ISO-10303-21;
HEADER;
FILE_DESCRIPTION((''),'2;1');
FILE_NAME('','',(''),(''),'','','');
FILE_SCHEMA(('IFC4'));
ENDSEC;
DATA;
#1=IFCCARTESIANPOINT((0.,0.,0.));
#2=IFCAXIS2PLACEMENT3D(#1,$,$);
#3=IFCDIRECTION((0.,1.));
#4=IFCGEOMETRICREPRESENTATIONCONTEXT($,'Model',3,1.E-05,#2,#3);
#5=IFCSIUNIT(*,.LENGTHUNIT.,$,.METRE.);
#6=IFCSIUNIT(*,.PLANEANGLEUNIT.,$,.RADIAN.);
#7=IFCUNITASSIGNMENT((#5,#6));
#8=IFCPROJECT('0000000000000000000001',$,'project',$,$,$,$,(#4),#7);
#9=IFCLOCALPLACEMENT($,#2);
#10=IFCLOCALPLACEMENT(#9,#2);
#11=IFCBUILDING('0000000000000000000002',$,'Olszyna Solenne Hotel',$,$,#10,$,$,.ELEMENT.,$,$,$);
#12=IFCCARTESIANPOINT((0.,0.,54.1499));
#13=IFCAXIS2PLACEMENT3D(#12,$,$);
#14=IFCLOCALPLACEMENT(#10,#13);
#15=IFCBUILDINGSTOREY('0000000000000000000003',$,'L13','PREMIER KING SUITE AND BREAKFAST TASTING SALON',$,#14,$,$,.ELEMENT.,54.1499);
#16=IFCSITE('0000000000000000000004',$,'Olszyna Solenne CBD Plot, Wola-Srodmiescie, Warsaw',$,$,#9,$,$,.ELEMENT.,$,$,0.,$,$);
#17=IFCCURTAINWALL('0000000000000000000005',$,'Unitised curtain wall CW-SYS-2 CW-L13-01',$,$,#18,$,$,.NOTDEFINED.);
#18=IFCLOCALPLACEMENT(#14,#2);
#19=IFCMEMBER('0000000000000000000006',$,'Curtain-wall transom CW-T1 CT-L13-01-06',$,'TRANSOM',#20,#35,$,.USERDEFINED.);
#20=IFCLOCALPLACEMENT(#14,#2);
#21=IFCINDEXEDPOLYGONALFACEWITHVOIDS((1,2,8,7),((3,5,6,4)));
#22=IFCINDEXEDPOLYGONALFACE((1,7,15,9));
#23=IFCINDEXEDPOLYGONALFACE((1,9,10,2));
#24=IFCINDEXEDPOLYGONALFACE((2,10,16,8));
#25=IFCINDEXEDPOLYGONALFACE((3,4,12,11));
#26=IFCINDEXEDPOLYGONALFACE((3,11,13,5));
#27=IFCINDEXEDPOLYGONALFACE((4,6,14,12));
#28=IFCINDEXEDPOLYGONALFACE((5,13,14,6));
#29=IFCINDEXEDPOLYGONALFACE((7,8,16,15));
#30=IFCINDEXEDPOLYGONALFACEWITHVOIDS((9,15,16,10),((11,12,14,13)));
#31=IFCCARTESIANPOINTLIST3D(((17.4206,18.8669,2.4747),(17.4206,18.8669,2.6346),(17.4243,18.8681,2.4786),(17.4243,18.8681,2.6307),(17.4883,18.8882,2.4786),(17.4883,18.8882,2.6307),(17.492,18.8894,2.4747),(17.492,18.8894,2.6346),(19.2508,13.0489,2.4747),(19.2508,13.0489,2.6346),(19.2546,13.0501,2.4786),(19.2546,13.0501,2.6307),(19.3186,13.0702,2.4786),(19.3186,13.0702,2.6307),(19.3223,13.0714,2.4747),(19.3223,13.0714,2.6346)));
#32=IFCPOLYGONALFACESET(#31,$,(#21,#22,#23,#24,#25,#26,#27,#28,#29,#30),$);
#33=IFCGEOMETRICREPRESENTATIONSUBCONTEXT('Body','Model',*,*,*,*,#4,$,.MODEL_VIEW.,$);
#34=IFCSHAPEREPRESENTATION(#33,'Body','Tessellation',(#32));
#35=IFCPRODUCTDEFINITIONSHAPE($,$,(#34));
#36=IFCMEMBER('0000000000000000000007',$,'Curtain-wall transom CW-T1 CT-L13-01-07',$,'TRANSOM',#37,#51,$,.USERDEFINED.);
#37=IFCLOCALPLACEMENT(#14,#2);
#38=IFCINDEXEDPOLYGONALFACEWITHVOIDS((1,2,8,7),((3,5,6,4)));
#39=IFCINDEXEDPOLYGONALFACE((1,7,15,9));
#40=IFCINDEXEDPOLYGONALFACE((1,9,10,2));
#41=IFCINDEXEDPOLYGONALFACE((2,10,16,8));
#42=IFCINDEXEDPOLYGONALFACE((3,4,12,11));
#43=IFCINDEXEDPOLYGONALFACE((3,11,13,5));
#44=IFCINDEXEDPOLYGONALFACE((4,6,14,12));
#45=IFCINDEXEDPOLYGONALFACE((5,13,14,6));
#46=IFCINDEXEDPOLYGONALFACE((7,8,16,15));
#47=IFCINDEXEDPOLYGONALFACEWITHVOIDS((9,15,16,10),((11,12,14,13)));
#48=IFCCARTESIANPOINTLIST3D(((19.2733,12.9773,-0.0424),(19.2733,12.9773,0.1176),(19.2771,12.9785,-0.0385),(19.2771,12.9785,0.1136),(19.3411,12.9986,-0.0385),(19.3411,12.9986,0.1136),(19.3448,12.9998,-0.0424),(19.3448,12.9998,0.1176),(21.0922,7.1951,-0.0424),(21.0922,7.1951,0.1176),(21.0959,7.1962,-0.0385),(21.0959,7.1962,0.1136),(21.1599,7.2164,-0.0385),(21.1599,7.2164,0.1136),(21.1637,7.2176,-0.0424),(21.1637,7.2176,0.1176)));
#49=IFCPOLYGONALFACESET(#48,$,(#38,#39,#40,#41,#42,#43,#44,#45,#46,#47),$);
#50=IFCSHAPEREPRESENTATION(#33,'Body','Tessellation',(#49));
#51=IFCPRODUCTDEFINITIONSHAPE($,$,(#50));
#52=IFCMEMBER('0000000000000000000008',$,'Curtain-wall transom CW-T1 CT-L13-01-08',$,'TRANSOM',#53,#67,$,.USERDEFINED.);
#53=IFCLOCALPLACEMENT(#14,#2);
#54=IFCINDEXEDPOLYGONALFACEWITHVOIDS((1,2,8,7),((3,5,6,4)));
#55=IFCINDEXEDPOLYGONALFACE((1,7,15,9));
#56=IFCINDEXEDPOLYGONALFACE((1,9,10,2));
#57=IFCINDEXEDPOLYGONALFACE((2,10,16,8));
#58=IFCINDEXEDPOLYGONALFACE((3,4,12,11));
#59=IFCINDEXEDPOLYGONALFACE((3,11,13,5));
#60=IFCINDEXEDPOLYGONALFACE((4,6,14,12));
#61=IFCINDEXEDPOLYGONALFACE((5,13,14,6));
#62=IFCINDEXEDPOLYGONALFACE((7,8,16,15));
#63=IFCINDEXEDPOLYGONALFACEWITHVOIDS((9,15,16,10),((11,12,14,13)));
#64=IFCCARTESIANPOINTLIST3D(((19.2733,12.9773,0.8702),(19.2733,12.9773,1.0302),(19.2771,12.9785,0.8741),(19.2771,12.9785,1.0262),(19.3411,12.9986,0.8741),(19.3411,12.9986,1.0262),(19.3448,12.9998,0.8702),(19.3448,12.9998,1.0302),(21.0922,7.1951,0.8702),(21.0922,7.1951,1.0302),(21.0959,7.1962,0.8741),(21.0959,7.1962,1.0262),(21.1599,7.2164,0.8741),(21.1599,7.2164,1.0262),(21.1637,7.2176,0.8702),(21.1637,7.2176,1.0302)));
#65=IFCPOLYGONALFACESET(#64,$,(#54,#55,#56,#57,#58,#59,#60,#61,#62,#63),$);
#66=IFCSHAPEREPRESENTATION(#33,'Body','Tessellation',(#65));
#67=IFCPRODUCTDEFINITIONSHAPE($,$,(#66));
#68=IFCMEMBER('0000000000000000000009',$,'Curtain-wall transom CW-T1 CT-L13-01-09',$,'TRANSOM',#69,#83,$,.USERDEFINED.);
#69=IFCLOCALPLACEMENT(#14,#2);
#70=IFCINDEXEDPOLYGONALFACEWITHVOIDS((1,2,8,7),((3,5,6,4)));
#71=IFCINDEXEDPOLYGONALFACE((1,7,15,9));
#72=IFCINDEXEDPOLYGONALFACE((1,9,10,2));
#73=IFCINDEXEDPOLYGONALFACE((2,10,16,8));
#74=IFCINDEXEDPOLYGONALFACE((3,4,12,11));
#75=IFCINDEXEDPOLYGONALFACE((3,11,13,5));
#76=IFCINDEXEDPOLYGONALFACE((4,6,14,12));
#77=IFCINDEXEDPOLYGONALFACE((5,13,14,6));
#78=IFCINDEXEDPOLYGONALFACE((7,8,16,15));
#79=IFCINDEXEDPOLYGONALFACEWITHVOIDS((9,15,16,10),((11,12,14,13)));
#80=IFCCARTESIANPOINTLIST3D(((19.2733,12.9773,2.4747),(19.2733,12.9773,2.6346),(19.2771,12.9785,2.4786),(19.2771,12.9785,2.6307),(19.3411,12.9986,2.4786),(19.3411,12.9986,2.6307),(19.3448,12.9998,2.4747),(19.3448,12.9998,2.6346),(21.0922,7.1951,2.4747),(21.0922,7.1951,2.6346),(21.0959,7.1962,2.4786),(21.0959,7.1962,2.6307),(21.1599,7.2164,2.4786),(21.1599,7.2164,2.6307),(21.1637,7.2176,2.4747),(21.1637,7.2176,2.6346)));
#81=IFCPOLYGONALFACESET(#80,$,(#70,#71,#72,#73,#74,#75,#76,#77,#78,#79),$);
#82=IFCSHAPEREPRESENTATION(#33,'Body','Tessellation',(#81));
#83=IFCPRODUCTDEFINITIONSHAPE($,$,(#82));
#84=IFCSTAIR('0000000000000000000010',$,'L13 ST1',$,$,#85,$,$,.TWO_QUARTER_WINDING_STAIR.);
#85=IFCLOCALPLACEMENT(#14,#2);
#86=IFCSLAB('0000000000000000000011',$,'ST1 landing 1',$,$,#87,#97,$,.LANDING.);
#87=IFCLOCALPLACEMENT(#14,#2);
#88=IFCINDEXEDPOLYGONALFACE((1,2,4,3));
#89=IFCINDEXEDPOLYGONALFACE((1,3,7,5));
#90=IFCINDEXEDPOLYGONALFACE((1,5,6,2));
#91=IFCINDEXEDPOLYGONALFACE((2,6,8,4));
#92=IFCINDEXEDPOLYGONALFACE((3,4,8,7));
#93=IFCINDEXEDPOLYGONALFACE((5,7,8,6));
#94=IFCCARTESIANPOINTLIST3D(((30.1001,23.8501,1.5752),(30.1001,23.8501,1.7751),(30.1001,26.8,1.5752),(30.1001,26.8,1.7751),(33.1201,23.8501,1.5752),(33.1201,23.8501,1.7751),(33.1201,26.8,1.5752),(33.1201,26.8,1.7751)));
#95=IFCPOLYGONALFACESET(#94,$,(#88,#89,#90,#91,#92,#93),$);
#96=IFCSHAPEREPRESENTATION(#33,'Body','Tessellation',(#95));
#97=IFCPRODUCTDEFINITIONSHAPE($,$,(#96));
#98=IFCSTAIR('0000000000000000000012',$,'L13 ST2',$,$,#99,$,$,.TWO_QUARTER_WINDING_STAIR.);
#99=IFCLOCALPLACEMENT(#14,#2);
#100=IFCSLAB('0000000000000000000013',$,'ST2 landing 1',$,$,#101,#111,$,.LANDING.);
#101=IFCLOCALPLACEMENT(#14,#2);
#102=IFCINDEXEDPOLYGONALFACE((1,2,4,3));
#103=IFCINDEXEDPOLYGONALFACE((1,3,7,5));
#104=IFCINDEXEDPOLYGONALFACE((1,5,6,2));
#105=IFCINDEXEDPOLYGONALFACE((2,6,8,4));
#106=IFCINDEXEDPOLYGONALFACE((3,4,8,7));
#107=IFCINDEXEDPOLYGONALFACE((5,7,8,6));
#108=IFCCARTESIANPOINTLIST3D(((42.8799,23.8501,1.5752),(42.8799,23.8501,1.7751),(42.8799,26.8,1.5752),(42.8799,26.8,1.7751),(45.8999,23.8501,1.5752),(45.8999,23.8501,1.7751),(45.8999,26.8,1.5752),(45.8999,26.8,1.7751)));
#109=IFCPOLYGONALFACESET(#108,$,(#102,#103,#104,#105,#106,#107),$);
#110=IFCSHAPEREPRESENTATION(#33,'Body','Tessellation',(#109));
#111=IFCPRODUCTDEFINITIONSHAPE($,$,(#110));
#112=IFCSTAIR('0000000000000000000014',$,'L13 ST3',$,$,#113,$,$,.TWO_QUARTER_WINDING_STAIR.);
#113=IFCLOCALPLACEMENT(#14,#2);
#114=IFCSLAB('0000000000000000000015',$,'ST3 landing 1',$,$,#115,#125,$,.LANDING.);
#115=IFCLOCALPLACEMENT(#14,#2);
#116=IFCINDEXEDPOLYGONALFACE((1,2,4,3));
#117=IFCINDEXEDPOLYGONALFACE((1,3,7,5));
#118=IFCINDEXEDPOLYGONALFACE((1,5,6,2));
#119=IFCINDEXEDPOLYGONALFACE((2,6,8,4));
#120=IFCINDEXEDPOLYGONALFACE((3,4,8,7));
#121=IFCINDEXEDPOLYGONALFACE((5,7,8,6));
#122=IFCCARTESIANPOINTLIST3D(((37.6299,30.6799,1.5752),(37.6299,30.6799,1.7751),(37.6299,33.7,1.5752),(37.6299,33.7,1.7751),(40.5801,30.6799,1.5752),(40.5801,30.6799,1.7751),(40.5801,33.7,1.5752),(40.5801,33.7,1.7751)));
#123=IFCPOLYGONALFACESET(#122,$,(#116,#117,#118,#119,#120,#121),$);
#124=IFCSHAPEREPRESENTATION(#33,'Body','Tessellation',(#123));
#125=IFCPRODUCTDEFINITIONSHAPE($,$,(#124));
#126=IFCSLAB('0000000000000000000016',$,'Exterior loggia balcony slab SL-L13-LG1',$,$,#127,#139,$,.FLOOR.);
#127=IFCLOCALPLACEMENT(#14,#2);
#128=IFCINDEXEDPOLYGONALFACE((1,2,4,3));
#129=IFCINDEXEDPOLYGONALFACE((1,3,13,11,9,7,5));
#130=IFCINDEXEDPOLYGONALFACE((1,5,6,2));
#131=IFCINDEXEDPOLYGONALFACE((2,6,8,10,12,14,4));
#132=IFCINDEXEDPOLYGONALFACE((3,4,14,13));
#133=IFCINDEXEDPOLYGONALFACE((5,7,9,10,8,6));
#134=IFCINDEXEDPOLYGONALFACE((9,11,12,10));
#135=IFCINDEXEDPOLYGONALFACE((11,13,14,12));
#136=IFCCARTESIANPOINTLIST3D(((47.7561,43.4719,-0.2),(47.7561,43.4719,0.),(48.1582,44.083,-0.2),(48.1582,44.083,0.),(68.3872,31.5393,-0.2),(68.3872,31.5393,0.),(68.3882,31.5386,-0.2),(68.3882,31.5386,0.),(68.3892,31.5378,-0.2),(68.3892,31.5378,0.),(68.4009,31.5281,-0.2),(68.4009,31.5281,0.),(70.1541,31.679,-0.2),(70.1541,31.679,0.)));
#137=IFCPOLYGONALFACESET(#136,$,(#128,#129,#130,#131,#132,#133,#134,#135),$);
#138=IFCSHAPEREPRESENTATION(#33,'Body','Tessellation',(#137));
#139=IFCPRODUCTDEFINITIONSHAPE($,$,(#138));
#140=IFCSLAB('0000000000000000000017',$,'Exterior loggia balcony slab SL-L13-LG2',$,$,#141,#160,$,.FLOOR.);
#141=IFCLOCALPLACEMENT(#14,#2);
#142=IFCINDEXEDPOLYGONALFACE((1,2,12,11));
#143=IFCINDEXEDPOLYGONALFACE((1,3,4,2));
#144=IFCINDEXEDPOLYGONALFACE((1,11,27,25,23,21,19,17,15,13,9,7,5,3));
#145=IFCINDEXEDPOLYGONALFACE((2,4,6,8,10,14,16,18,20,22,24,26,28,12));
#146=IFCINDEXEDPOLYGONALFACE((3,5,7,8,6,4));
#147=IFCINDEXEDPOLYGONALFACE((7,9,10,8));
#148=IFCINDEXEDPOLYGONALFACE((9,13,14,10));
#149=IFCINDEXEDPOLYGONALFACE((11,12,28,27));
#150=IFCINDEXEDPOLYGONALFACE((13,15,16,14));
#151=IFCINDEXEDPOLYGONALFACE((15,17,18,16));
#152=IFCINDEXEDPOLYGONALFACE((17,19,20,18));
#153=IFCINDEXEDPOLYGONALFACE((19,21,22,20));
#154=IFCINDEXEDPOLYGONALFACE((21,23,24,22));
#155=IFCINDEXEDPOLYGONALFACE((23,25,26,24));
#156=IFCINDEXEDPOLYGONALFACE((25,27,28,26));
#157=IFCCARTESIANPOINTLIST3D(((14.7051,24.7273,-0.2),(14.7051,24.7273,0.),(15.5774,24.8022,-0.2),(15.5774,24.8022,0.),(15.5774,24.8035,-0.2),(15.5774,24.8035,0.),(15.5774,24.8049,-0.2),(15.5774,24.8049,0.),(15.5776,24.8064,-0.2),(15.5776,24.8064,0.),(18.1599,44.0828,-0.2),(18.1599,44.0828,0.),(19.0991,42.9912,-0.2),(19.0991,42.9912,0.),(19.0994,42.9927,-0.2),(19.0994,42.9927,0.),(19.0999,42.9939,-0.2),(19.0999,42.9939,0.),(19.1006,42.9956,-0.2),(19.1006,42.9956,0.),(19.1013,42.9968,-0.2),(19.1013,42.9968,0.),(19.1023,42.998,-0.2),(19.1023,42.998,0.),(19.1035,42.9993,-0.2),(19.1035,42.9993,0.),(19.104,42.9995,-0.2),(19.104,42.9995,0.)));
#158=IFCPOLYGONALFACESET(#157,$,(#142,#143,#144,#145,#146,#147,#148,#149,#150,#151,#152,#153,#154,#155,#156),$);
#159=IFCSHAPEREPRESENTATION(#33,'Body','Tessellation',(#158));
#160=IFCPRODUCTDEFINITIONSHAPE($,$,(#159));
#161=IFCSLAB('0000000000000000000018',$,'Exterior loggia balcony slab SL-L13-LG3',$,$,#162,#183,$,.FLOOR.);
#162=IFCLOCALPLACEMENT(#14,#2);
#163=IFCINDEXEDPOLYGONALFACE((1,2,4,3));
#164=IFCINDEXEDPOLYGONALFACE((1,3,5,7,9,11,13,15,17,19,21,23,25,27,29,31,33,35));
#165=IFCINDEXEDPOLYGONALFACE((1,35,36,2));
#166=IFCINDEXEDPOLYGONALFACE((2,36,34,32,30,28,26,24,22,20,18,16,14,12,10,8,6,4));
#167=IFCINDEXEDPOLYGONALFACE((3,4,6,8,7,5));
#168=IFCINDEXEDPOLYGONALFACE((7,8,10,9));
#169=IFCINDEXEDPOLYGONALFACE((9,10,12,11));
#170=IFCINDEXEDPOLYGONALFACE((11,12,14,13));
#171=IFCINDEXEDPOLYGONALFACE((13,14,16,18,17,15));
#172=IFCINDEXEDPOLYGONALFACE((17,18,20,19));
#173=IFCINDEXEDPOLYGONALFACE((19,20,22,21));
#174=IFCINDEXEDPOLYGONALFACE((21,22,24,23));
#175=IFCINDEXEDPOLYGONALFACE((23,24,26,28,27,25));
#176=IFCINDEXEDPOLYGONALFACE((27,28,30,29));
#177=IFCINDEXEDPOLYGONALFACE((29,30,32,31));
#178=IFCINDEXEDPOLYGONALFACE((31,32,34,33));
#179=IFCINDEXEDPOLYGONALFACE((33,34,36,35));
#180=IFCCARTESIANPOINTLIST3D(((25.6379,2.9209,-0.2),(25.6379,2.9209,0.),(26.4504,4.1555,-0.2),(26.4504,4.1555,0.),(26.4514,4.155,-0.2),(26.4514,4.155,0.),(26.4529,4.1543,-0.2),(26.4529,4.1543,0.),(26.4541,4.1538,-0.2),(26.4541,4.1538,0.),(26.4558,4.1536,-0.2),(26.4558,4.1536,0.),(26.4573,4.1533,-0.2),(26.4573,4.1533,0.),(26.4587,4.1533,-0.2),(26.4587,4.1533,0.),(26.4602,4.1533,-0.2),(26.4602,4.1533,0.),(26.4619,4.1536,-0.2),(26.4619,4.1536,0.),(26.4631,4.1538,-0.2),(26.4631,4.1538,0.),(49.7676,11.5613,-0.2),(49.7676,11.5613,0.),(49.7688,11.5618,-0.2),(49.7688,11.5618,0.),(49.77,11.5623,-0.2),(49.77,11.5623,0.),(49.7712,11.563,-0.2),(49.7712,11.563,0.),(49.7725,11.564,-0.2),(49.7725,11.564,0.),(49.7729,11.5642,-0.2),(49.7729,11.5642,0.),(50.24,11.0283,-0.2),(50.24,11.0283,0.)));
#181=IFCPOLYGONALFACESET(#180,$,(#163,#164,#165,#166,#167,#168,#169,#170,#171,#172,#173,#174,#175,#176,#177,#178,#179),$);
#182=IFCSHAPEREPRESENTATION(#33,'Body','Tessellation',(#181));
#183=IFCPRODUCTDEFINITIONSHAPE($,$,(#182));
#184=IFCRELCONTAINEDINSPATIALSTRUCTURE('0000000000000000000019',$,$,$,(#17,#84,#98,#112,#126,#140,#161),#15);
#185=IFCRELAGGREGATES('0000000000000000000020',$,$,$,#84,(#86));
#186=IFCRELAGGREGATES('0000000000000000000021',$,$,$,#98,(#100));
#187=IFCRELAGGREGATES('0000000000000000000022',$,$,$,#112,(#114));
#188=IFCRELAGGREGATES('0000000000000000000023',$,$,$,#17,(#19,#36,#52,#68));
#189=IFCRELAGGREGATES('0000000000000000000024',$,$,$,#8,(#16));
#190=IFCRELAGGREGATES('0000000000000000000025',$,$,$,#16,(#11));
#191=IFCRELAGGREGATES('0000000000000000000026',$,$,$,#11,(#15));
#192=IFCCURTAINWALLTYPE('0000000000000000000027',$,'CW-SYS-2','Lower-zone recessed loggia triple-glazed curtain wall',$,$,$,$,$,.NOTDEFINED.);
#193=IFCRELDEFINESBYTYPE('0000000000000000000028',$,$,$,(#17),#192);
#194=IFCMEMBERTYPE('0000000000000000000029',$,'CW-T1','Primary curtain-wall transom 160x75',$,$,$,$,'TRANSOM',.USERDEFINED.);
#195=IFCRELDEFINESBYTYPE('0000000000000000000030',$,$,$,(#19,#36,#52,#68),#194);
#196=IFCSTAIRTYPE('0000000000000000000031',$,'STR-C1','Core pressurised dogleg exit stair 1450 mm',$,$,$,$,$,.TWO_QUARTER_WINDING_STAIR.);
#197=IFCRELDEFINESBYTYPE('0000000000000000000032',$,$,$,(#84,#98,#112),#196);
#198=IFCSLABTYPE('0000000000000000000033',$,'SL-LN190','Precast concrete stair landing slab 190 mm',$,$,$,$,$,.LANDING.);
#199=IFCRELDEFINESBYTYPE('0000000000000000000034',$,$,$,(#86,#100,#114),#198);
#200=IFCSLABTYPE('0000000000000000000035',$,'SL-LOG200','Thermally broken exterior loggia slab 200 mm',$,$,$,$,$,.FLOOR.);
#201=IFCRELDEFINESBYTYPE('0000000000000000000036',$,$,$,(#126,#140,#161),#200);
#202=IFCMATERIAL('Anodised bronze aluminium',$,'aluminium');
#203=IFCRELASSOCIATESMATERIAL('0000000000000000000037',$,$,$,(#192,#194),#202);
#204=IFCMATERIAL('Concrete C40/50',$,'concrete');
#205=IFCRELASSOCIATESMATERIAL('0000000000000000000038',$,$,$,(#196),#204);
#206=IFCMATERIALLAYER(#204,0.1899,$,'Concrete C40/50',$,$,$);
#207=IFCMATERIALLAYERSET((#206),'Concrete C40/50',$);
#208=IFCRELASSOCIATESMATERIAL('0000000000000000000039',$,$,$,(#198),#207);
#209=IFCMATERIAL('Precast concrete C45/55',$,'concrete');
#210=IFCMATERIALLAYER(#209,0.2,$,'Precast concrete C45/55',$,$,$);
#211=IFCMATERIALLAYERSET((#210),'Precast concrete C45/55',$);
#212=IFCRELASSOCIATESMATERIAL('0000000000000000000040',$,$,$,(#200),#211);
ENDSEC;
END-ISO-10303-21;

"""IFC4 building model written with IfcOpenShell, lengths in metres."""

from ifc_helpers import new_model, si_unit, direction, frame, origin, origin_2d, place, context, subcontext, project, spatial, polyline, hollow_rectangle, outline, extrude, source, transform, mapped, material, layer, layer_set, material_profile, profile_set, type_object, element, aggregate, save


model = new_model("IFC4")

# Units and contexts
model_context = context("Model", 3, precision=1e-05, world=origin(), true_north=direction((0.0, 1.0)))
body_context = subcontext(model_context, "Body", "Model", "MODEL_VIEW")
ifc_project = project(units=[si_unit("LENGTHUNIT", "METRE"), si_unit("PLANEANGLEUNIT", "RADIAN")], contexts=[model_context])

# Site, building, storey
site_placement = place(None, origin())
site = spatial("IfcSite", under=ifc_project, at=site_placement, Name="Olszyna Solenne CBD Plot, Wola-Srodmiescie, Warsaw", CompositionType="ELEMENT", RefElevation=0.0)
building_placement = place(site_placement, origin())
building = spatial("IfcBuilding", under=site, at=building_placement, Name="Olszyna Solenne Hotel", CompositionType="ELEMENT")
storey_placement = place(building_placement, frame((0.0, 0.0, 54.1499)))
storey = spatial("IfcBuildingStorey", under=building, at=storey_placement, Name="L13", Description="PREMIER KING SUITE AND BREAKFAST TASTING SALON", CompositionType="ELEMENT", Elevation=54.1499)

# Curtain wall, members
ifc_material_1 = material(Name="Anodised bronze aluminium", Category="aluminium")
curtain_wall_type = type_object("IfcCurtainWallType", Name="CW-SYS-2", Description="Lower-zone recessed loggia triple-glazed curtain wall", PredefinedType="NOTDEFINED", material=ifc_material_1)
curtain_wall_placement = place(storey_placement, origin())
curtain_wall = element("IfcCurtainWall", 1, at=curtain_wall_placement, inside=storey, type_object=curtain_wall_type, Name="Unitised curtain wall CW-SYS-2 CW-L13-01", PredefinedType="NOTDEFINED")
ifc_material_profile_1 = material_profile(ifc_material_1, hollow_rectangle(XDim=0.075, YDim=0.1599, WallThickness=0.0039, at=origin_2d()), Name="TRAN 160x75x4", Category="load-bearing")
ifc_profile_set_1 = profile_set([ifc_material_profile_1], Name="Anodised bronze aluminium")
member_type_1 = type_object("IfcMemberType", Name="CW-T1", Description="Primary curtain-wall transom 160x75", ElementType="TRANSOM", PredefinedType="USERDEFINED", material=ifc_profile_set_1)
shared_shape_1 = source(origin(), body_context, "Body", "SweptSolid", [
    extrude(hollow_rectangle(XDim=0.075, YDim=0.1599, WallThickness=0.0039, at=origin_2d()), origin(), (0.0, 0.0, 1.0), 6.0991),
])
member_1_placement = place(storey_placement, frame((17.4563, 18.8782, 2.5547), z_axis=(0.300091, -0.953911, 0.0), x_axis=(0.953911, 0.300091, 0.0)))
member_1 = element("IfcMember", 2, at=member_1_placement, type_object=member_type_1, Name="Curtain-wall transom CW-T1 CT-L13-01-06", ObjectType="TRANSOM", PredefinedType="USERDEFINED", context=body_context, shape_type="MappedRepresentation", body=[
    mapped(shared_shape_1, transform((0.0, 0.0, 0.0), x_axis=(1.0, 0.0, 0.0), y_axis=(0.0, 1.0, 0.0), z_axis=(0.0, 0.0, 1.0), scale=1.0)),
])
shared_shape_2 = source(origin(), body_context, "Body", "SweptSolid", [
    extrude(hollow_rectangle(XDim=0.075, YDim=0.1599, WallThickness=0.0039, at=origin_2d()), origin(), (0.0, 0.0, 1.0), 6.0615),
])
member_2_placement = place(storey_placement, frame((19.3091, 12.9885, 0.0376), z_axis=(0.300063, -0.953919, 0.0), x_axis=(0.953919, 0.300063, 0.0)))
member_2 = element("IfcMember", 3, at=member_2_placement, type_object=member_type_1, Name="Curtain-wall transom CW-T1 CT-L13-01-07", ObjectType="TRANSOM", PredefinedType="USERDEFINED", context=body_context, shape_type="MappedRepresentation", body=[
    mapped(shared_shape_2, transform((0.0, 0.0, 0.0), x_axis=(1.0, 0.0, 0.0), y_axis=(0.0, 1.0, 0.0), z_axis=(0.0, 0.0, 1.0), scale=1.0)),
])
member_3_placement = place(storey_placement, frame((19.3091, 12.9885, 0.9502), z_axis=(0.300063, -0.953919, 0.0), x_axis=(0.953919, 0.300063, 0.0)))
member_3 = element("IfcMember", 4, at=member_3_placement, type_object=member_type_1, Name="Curtain-wall transom CW-T1 CT-L13-01-08", ObjectType="TRANSOM", PredefinedType="USERDEFINED", context=body_context, shape_type="MappedRepresentation", body=[
    mapped(shared_shape_2, transform((0.0, 0.0, 0.0), x_axis=(1.0, 0.0, 0.0), y_axis=(0.0, 1.0, 0.0), z_axis=(0.0, 0.0, 1.0), scale=1.0)),
])
member_4_placement = place(storey_placement, frame((19.3091, 12.9885, 2.5547), z_axis=(0.300063, -0.953919, 0.0), x_axis=(0.953919, 0.300063, 0.0)))
member_4 = element("IfcMember", 5, at=member_4_placement, type_object=member_type_1, Name="Curtain-wall transom CW-T1 CT-L13-01-09", ObjectType="TRANSOM", PredefinedType="USERDEFINED", context=body_context, shape_type="MappedRepresentation", body=[
    mapped(shared_shape_2, transform((0.0, 0.0, 0.0), x_axis=(1.0, 0.0, 0.0), y_axis=(0.0, 1.0, 0.0), z_axis=(0.0, 0.0, 1.0), scale=1.0)),
])

# Stairs, slabs
ifc_material_2 = material(Name="Concrete C40/50", Category="concrete")
stair_type = type_object("IfcStairType", Name="STR-C1", Description="Core pressurised dogleg exit stair 1450 mm", PredefinedType="TWO_QUARTER_WINDING_STAIR", material=ifc_material_2)
stair_1_placement = place(storey_placement, origin())
stair_1 = element("IfcStair", 6, at=stair_1_placement, inside=storey, type_object=stair_type, Name="L13 ST1", PredefinedType="TWO_QUARTER_WINDING_STAIR")
ifc_layer_1 = layer(ifc_material_2, 0.1899, Name="Concrete C40/50")
ifc_layer_set_1 = layer_set([ifc_layer_1], Name="Concrete C40/50")
slab_type_1 = type_object("IfcSlabType", Name="SL-LN190", Description="Precast concrete stair landing slab 190 mm", PredefinedType="LANDING", material=ifc_layer_set_1)
slab_1_placement = place(storey_placement, frame((0.0, 0.0, 1.5752)))
slab_1 = element("IfcSlab", 7, at=slab_1_placement, type_object=slab_type_1, Name="ST1 landing 1", PredefinedType="LANDING", context=body_context, shape_type="SweptSolid", body=[
    extrude(outline(polyline([(33.1201, 23.8501), (33.1201, 26.8), (30.1001, 26.8), (30.1001, 23.8501), (33.1201, 23.8501)])), origin(), (0.0, 0.0, 1.0), 0.2),
])
aggregate(stair_1, [slab_1])
stair_2_placement = place(storey_placement, origin())
stair_2 = element("IfcStair", 8, at=stair_2_placement, inside=storey, type_object=stair_type, Name="L13 ST2", PredefinedType="TWO_QUARTER_WINDING_STAIR")
slab_2_placement = place(storey_placement, frame((0.0, 0.0, 1.5752)))
slab_2 = element("IfcSlab", 9, at=slab_2_placement, type_object=slab_type_1, Name="ST2 landing 1", PredefinedType="LANDING", context=body_context, shape_type="SweptSolid", body=[
    extrude(outline(polyline([(45.8999, 23.8501), (45.8999, 26.8), (42.8799, 26.8), (42.8799, 23.8501), (45.8999, 23.8501)])), origin(), (0.0, 0.0, 1.0), 0.2),
])
aggregate(stair_2, [slab_2])
stair_3_placement = place(storey_placement, origin())
stair_3 = element("IfcStair", 10, at=stair_3_placement, inside=storey, type_object=stair_type, Name="L13 ST3", PredefinedType="TWO_QUARTER_WINDING_STAIR")
slab_3_placement = place(storey_placement, frame((0.0, 0.0, 1.5752)))
slab_3 = element("IfcSlab", 11, at=slab_3_placement, type_object=slab_type_1, Name="ST3 landing 1", PredefinedType="LANDING", context=body_context, shape_type="SweptSolid", body=[
    extrude(outline(polyline([(37.6299, 30.6799), (40.5801, 30.6799), (40.5801, 33.7), (37.6299, 33.7), (37.6299, 30.6799)])), origin(), (0.0, 0.0, 1.0), 0.2),
])
aggregate(stair_3, [slab_3])

# Slabs
ifc_material_3 = material(Name="Precast concrete C45/55", Category="concrete")
ifc_layer_2 = layer(ifc_material_3, 0.2, Name="Precast concrete C45/55")
ifc_layer_set_2 = layer_set([ifc_layer_2], Name="Precast concrete C45/55")
slab_type_2 = type_object("IfcSlabType", Name="SL-LOG200", Description="Thermally broken exterior loggia slab 200 mm", PredefinedType="FLOOR", material=ifc_layer_set_2)
slab_4_placement = place(storey_placement, frame((0.0, 0.0, -0.2)))
element("IfcSlab", 12, at=slab_4_placement, inside=storey, type_object=slab_type_2, Name="Exterior loggia balcony slab SL-L13-LG1", PredefinedType="FLOOR", context=body_context, shape_type="SweptSolid", body=[
    extrude(outline(polyline([(47.7561, 43.4719), (68.3872, 31.5393), (68.3882, 31.5386), (68.3892, 31.5378), (68.4009, 31.5281), (70.1541, 31.679), (48.1582, 44.083), (47.7561, 43.4719)])), origin(), (0.0, 0.0, 1.0), 0.2),
])
slab_5_placement = place(storey_placement, frame((0.0, 0.0, -0.2)))
element("IfcSlab", 13, at=slab_5_placement, inside=storey, type_object=slab_type_2, Name="Exterior loggia balcony slab SL-L13-LG2", PredefinedType="FLOOR", context=body_context, shape_type="SweptSolid", body=[
    extrude(outline(polyline([(15.5774, 24.8022), (15.5774, 24.8035), (15.5774, 24.8049), (15.5776, 24.8064), (19.0991, 42.9912), (19.0994, 42.9927), (19.0999, 42.9939), (19.1006, 42.9956), (19.1013, 42.9968), (19.1023, 42.998), (19.1035, 42.9993), (19.104, 42.9995), (18.1599, 44.0828), (14.7051, 24.7273), (15.5774, 24.8022)])), origin(), (0.0, 0.0, 1.0), 0.2),
])
slab_6_placement = place(storey_placement, frame((0.0, 0.0, -0.2)))
element("IfcSlab", 14, at=slab_6_placement, inside=storey, type_object=slab_type_2, Name="Exterior loggia balcony slab SL-L13-LG3", PredefinedType="FLOOR", context=body_context, shape_type="SweptSolid", body=[
    extrude(outline(polyline([(49.7729, 11.5642), (49.7725, 11.564), (49.7712, 11.563), (49.77, 11.5623), (49.7688, 11.5618), (49.7676, 11.5613), (26.4631, 4.1538), (26.4619, 4.1536), (26.4602, 4.1533), (26.4587, 4.1533), (26.4573, 4.1533), (26.4558, 4.1536), (26.4541, 4.1538), (26.4529, 4.1543), (26.4514, 4.155), (26.4504, 4.1555), (25.6379, 2.9209), (50.24, 11.0283), (49.7729, 11.5642)])), origin(), (0.0, 0.0, 1.0), 0.2),
])

aggregate(curtain_wall, [member_1, member_2, member_3, member_4])

save(model, "model.ifc")
